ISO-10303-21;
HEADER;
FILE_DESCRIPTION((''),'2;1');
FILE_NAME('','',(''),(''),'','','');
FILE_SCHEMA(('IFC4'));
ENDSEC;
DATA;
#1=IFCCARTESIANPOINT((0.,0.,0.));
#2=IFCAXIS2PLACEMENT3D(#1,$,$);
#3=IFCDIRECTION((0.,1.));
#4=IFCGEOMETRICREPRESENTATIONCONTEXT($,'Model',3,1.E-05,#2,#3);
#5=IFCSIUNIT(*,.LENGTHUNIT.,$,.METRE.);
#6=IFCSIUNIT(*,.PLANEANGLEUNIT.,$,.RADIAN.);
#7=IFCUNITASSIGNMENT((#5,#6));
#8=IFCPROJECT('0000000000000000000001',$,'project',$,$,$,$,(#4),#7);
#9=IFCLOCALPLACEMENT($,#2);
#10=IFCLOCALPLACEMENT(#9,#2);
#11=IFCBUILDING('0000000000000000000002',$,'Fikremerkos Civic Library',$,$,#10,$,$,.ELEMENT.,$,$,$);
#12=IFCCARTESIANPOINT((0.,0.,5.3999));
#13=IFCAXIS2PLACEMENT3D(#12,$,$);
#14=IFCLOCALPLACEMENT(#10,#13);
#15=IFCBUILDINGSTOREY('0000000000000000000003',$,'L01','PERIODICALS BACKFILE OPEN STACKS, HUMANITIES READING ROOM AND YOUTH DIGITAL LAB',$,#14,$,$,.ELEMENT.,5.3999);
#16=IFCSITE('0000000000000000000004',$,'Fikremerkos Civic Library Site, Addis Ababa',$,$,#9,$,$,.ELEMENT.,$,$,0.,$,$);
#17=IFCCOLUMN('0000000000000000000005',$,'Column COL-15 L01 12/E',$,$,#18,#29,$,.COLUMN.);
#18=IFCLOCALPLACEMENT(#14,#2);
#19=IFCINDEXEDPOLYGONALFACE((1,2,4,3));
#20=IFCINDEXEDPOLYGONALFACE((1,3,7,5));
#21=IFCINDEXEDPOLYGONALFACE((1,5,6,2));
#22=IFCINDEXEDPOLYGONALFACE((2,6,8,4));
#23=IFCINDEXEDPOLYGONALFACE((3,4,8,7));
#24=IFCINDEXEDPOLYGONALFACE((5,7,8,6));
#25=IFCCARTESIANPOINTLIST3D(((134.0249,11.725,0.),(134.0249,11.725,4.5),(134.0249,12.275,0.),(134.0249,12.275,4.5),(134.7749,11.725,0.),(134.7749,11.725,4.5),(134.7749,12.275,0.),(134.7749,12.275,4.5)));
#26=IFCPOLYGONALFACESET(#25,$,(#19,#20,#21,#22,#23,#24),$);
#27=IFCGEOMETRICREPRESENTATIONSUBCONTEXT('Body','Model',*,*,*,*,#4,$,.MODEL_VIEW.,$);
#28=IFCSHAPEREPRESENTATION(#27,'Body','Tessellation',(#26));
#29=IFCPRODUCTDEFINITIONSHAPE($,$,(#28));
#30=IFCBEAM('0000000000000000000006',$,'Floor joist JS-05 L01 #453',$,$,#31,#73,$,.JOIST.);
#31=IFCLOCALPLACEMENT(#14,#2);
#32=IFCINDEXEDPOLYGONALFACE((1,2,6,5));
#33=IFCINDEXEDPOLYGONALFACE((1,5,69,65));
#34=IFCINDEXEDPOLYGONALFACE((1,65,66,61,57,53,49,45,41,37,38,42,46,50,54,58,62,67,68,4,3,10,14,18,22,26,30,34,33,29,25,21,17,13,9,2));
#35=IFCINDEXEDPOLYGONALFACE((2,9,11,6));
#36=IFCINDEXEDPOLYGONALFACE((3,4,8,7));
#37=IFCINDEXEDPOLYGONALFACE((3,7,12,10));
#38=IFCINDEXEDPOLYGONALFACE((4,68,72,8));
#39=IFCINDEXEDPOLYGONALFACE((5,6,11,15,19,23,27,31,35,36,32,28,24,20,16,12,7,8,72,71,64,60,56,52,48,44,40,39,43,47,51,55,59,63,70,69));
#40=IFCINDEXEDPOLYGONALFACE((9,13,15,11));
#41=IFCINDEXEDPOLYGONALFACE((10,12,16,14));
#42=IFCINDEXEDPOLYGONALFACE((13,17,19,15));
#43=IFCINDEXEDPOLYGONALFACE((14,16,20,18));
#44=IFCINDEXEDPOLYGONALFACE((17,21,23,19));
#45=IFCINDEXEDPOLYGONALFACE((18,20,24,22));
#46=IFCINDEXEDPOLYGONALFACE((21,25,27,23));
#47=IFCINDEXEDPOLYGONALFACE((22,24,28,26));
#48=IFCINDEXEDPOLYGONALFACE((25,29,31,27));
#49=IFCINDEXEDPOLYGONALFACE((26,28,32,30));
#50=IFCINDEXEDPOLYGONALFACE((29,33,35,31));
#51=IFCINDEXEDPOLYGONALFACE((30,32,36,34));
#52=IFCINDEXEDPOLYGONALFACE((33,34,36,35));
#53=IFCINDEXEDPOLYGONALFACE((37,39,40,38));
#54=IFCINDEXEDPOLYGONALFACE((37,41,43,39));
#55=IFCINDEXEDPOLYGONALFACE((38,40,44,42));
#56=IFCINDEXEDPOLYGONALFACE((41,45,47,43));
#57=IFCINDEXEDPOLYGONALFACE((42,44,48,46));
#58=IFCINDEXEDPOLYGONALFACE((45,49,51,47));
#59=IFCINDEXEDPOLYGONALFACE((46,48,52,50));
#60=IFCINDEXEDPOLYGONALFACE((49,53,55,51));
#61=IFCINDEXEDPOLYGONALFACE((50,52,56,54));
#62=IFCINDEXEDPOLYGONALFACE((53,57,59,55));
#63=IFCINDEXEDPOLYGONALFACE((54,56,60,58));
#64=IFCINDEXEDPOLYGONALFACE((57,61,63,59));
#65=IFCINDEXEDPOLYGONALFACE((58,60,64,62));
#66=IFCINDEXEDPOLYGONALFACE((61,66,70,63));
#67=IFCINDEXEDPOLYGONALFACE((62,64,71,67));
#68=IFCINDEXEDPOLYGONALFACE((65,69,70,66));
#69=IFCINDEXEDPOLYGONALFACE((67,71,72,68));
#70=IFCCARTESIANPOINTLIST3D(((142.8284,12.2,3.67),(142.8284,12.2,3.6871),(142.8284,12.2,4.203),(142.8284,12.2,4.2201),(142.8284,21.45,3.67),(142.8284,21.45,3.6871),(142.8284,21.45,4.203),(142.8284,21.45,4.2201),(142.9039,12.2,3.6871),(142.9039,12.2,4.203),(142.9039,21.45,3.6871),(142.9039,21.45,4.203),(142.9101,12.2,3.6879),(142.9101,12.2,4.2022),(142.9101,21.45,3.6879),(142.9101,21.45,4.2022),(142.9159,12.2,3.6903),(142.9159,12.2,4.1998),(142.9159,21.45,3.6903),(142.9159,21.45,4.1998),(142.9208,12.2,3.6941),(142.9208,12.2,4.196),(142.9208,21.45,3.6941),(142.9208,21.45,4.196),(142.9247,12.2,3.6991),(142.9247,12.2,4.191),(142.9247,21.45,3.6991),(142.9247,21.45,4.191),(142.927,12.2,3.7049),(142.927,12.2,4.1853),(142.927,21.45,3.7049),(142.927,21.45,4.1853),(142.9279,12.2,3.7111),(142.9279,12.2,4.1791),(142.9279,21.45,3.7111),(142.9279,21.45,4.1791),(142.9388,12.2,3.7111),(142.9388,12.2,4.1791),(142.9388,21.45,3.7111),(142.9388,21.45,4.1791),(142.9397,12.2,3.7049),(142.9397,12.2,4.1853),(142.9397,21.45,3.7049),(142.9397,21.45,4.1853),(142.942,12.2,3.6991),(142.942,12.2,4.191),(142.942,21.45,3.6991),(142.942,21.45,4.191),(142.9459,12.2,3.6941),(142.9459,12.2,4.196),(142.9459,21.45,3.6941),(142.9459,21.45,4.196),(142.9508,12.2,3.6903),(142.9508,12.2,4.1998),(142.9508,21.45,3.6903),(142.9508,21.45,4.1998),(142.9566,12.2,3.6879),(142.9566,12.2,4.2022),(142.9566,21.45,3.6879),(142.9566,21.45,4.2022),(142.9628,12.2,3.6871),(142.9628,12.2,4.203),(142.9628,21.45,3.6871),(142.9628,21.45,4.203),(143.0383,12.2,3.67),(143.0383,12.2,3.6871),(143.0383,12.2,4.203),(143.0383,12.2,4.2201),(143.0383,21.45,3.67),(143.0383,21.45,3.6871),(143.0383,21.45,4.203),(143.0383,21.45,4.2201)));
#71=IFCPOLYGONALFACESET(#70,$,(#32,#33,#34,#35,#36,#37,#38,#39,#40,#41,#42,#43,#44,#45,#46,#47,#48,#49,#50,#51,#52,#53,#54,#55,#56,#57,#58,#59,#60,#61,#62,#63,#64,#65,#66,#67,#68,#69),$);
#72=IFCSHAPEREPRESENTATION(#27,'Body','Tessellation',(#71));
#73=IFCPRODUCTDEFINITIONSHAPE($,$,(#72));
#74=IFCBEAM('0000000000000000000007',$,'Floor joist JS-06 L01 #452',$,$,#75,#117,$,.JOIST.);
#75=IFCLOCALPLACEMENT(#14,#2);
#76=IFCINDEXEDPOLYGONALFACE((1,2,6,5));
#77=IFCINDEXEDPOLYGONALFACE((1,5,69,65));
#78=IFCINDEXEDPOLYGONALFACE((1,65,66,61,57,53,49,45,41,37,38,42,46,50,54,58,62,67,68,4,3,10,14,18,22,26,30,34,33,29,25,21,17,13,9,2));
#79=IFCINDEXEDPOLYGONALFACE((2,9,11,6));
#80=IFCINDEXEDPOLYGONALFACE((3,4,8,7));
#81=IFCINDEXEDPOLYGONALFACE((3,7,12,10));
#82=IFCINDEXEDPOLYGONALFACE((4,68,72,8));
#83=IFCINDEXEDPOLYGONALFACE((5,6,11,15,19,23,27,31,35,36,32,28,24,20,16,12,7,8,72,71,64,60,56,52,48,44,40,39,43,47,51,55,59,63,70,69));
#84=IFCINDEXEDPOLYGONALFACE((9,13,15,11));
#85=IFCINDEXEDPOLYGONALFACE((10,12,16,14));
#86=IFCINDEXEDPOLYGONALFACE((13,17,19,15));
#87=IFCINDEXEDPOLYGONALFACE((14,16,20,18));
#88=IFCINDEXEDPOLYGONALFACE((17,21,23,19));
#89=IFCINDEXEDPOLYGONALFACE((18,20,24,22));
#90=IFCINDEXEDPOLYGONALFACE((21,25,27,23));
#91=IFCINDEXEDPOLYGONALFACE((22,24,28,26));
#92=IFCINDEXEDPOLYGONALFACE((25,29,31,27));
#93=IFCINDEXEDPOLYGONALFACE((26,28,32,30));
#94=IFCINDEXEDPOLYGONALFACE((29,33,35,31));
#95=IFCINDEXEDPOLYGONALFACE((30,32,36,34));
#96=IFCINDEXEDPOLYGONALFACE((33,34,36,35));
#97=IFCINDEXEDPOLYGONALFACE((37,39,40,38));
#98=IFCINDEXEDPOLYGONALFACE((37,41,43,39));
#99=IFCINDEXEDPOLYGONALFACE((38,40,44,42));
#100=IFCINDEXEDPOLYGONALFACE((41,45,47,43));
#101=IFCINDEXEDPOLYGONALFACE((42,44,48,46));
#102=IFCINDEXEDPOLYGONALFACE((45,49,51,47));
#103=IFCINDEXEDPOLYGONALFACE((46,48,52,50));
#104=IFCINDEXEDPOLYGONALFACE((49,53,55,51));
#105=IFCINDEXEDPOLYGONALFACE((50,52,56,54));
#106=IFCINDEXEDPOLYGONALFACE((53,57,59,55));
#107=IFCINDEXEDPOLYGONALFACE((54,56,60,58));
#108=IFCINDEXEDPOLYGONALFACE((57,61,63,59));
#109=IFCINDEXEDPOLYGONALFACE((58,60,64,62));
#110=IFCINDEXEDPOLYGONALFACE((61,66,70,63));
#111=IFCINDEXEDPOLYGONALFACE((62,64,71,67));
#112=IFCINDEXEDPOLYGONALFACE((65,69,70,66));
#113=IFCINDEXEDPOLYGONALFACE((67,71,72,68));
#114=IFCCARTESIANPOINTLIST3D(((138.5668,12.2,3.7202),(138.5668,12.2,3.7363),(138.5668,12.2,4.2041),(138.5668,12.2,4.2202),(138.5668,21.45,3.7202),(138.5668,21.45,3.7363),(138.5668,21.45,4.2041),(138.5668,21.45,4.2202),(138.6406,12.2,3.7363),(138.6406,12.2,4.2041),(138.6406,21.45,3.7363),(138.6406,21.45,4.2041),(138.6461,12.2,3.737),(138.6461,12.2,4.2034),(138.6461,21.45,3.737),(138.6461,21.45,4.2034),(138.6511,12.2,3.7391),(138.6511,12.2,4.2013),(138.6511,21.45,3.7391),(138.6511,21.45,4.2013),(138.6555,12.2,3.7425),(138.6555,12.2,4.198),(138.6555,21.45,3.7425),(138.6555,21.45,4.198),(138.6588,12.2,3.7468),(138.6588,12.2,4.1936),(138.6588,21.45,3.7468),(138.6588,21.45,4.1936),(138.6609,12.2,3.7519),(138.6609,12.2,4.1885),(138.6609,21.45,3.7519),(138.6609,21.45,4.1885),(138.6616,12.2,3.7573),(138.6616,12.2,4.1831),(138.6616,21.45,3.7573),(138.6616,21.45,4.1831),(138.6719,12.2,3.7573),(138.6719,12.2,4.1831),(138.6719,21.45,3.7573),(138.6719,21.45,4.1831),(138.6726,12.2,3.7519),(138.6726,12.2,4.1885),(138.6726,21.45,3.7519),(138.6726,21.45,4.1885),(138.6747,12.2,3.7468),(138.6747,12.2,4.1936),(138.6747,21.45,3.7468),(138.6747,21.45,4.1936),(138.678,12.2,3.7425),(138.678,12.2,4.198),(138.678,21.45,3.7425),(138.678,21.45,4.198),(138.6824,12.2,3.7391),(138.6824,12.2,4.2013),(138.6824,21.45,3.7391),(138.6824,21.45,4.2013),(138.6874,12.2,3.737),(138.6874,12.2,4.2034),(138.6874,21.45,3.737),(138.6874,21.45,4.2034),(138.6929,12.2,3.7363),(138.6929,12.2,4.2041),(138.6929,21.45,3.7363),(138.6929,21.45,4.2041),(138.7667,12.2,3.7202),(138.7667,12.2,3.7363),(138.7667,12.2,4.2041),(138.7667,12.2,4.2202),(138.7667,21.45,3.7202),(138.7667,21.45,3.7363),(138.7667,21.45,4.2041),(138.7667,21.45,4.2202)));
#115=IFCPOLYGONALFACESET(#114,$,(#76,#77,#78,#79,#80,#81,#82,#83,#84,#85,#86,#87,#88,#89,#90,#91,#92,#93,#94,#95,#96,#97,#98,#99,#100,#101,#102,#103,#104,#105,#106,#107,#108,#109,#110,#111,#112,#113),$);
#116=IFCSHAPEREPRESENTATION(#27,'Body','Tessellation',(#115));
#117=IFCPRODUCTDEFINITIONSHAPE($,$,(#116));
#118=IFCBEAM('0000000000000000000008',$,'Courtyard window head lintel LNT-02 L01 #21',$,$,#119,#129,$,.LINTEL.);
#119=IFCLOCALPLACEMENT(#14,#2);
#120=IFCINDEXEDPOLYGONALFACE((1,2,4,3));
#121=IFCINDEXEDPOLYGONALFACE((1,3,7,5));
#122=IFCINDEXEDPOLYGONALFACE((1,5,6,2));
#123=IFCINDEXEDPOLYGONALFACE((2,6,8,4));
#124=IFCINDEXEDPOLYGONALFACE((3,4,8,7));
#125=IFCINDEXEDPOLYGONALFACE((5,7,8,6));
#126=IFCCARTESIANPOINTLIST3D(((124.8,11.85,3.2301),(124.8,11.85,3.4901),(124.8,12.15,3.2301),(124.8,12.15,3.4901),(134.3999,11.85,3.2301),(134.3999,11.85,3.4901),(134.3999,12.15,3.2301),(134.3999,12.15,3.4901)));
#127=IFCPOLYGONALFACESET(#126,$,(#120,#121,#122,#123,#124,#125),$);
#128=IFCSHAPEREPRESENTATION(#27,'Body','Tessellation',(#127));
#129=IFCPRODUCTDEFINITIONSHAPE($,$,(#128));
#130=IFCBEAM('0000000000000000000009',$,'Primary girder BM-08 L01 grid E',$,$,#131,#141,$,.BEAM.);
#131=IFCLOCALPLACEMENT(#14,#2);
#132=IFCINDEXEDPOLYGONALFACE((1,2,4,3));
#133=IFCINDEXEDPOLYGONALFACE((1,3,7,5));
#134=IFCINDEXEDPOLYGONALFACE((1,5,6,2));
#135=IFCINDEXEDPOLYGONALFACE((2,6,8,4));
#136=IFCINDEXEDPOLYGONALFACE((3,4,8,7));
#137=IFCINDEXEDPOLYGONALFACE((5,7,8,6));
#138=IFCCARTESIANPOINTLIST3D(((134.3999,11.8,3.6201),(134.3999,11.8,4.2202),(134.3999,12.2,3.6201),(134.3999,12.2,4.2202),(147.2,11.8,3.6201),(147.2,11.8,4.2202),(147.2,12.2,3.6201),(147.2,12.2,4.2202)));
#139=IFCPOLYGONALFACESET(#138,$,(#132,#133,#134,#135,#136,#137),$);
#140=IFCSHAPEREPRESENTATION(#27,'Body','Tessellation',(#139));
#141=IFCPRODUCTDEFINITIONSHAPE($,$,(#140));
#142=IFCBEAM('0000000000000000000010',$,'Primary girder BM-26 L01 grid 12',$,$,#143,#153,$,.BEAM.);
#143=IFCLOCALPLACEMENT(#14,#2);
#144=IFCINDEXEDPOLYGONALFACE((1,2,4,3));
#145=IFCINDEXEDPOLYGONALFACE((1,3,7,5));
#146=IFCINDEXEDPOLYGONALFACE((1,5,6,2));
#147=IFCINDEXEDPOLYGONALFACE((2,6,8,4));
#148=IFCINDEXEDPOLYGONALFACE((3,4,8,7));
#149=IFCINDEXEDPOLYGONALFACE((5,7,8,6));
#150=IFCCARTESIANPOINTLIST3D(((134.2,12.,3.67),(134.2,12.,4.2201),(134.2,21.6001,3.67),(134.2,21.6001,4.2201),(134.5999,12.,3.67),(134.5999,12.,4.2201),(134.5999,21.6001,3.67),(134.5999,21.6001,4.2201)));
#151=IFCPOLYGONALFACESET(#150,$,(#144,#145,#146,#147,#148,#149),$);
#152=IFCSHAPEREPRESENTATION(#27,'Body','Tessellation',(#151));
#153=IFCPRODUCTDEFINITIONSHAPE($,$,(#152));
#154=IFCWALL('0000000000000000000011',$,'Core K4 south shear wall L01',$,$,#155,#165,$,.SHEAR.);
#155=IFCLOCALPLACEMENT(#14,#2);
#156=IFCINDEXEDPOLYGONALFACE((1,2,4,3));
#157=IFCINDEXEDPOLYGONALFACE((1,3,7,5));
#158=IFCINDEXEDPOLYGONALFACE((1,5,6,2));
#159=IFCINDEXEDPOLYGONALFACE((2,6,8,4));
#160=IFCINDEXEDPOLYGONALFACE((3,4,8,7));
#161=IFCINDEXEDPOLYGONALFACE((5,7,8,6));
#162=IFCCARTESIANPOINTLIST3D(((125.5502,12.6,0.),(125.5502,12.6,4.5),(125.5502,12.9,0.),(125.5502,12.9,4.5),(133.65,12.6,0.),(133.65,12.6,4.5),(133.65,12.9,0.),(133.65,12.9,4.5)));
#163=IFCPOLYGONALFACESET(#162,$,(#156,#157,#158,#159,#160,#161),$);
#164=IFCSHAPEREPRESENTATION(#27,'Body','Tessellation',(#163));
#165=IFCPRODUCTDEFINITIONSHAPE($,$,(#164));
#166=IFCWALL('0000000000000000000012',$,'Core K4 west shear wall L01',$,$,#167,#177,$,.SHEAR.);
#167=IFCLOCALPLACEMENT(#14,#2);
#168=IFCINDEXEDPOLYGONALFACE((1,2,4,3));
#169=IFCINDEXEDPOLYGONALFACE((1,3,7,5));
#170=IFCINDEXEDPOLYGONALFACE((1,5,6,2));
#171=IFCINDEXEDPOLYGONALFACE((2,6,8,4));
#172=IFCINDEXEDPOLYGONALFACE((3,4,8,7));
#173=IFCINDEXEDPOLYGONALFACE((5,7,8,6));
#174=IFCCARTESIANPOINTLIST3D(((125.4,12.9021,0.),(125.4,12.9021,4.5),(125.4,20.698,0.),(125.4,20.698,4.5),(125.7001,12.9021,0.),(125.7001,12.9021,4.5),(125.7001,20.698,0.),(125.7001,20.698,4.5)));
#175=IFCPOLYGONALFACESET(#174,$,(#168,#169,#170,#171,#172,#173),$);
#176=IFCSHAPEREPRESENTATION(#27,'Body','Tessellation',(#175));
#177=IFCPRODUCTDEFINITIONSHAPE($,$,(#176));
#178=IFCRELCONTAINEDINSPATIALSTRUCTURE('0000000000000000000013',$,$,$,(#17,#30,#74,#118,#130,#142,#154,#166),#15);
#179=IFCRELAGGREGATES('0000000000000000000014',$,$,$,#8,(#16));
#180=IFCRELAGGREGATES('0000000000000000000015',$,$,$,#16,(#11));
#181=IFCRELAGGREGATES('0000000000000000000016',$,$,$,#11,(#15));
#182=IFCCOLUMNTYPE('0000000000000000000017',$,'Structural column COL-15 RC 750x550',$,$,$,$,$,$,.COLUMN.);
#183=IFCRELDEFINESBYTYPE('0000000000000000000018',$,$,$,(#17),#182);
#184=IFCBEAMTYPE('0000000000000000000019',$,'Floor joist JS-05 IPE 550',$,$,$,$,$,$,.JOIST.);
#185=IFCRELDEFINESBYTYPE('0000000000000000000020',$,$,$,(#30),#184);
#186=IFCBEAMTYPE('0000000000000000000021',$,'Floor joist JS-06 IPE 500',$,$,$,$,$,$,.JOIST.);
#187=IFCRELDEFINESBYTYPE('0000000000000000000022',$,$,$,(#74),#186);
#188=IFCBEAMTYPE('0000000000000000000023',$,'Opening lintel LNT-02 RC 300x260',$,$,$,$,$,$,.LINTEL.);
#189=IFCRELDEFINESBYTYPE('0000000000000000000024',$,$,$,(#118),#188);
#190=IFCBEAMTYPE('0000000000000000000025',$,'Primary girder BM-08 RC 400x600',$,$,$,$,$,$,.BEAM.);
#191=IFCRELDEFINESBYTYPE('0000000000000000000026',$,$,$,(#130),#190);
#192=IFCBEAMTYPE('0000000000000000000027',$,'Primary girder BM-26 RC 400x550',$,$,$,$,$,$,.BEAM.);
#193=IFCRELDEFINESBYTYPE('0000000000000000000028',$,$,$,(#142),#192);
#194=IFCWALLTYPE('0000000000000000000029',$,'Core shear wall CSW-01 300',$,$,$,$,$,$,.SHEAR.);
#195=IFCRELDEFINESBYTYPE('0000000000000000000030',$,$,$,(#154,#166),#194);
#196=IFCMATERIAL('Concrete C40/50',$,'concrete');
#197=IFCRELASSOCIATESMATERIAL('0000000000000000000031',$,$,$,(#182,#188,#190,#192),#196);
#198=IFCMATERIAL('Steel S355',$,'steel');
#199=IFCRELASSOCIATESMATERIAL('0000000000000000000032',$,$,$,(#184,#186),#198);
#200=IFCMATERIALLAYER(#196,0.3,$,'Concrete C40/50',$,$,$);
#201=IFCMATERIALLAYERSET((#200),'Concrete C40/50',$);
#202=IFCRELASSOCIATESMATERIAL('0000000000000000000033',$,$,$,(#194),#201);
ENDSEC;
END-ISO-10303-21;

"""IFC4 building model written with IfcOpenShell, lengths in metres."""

from ifc_helpers import new_model, si_unit, direction, frame, frame_2d, origin, origin_2d, place, context, subcontext, project, spatial, rectangle, i_section, extrude, material, layer, layer_set, material_profile, profile_set, type_object, element, save


model = new_model("IFC4")

# Units and contexts
model_context = context("Model", 3, precision=1e-05, world=origin(), true_north=direction((0.0, 1.0)))
body_context = subcontext(model_context, "Body", "Model", "MODEL_VIEW")
ifc_project = project(units=[si_unit("LENGTHUNIT", "METRE"), si_unit("PLANEANGLEUNIT", "RADIAN")], contexts=[model_context])

# Site, building, storey
site_placement = place(None, origin())
site = spatial("IfcSite", under=ifc_project, at=site_placement, Name="Fikremerkos Civic Library Site, Addis Ababa", CompositionType="ELEMENT", RefElevation=0.0)
building_placement = place(site_placement, origin())
building = spatial("IfcBuilding", under=site, at=building_placement, Name="Fikremerkos Civic Library", CompositionType="ELEMENT")
storey_placement = place(building_placement, frame((0.0, 0.0, 5.3999)))
storey = spatial("IfcBuildingStorey", under=building, at=storey_placement, Name="L01", Description="PERIODICALS BACKFILE OPEN STACKS, HUMANITIES READING ROOM AND YOUTH DIGITAL LAB", CompositionType="ELEMENT", Elevation=5.3999)

# Column
ifc_material_1 = material(Name="Concrete C40/50", Category="concrete")
ifc_material_profile_1 = material_profile(ifc_material_1, rectangle(XDim=0.75, YDim=0.55, at=origin_2d()), Name="RC 750x550")
ifc_profile_set_1 = profile_set([ifc_material_profile_1], Name="Concrete C40/50")
column_type = type_object("IfcColumnType", Name="Structural column COL-15 RC 750x550", PredefinedType="COLUMN", material=ifc_profile_set_1)
column_placement = place(storey_placement, frame((134.3999, 12.0, 0.0), z_axis=(0.0, 0.0, 1.0), x_axis=(1.0, 0.0, 0.0)))
element("IfcColumn", 1, at=column_placement, inside=storey, type_object=column_type, Name="Column COL-15 L01 12/E", PredefinedType="COLUMN", context=body_context, shape_type="SweptSolid", body=[
    extrude(rectangle(XDim=0.75, YDim=0.55, at=origin_2d()), origin(), (0.0, 0.0, 1.0), 4.5),
])

# Beams
ifc_material_2 = material(Name="Steel S355", Category="steel")
ifc_material_profile_2 = material_profile(ifc_material_2, i_section(OverallWidth=0.21, OverallDepth=0.55, WebThickness=0.011, FlangeThickness=0.0171, FilletRadius=0.0239, at=origin_2d()), Name="IPE 550")
ifc_profile_set_2 = profile_set([ifc_material_profile_2], Name="Steel S355")
beam_type_1 = type_object("IfcBeamType", Name="Floor joist JS-05 IPE 550", PredefinedType="JOIST", material=ifc_profile_set_2)
beam_1_placement = place(storey_placement, frame((142.9333, 12.2, 3.9451), z_axis=(0.0, 1.0, 0.0), x_axis=(-1.0, 0.0, 0.0)))
element("IfcBeam", 2, at=beam_1_placement, inside=storey, type_object=beam_type_1, Name="Floor joist JS-05 L01 #453", PredefinedType="JOIST", context=body_context, shape_type="SweptSolid", body=[
    extrude(i_section(OverallWidth=0.21, OverallDepth=0.55, WebThickness=0.011, FlangeThickness=0.0171, FilletRadius=0.0239, at=origin_2d()), origin(), (0.0, 0.0, 1.0), 9.25),
])
ifc_material_profile_3 = material_profile(ifc_material_2, i_section(OverallWidth=0.2, OverallDepth=0.5, WebThickness=0.0103, FlangeThickness=0.0161, FilletRadius=0.021, at=origin_2d()), Name="IPE 500")
ifc_profile_set_3 = profile_set([ifc_material_profile_3], Name="Steel S355")
beam_type_2 = type_object("IfcBeamType", Name="Floor joist JS-06 IPE 500", PredefinedType="JOIST", material=ifc_profile_set_3)
beam_2_placement = place(storey_placement, frame((138.6667, 12.2, 3.9702), z_axis=(0.0, 1.0, 0.0), x_axis=(-1.0, 0.0, 0.0)))
element("IfcBeam", 3, at=beam_2_placement, inside=storey, type_object=beam_type_2, Name="Floor joist JS-06 L01 #452", PredefinedType="JOIST", context=body_context, shape_type="SweptSolid", body=[
    extrude(i_section(OverallWidth=0.2, OverallDepth=0.5, WebThickness=0.0103, FlangeThickness=0.0161, FilletRadius=0.021, at=origin_2d()), origin(), (0.0, 0.0, 1.0), 9.25),
])
ifc_material_profile_4 = material_profile(ifc_material_1, rectangle(XDim=0.3, YDim=0.26, at=origin_2d()), Name="RC 300x260")
ifc_profile_set_4 = profile_set([ifc_material_profile_4], Name="Concrete C40/50")
beam_type_3 = type_object("IfcBeamType", Name="Opening lintel LNT-02 RC 300x260", PredefinedType="LINTEL", material=ifc_profile_set_4)
beam_3_placement = place(storey_placement, frame((134.3999, 12.0, 3.3601), z_axis=(-1.0, 0.0, 0.0), x_axis=(0.0, -1.0, 0.0)))
element("IfcBeam", 4, at=beam_3_placement, inside=storey, type_object=beam_type_3, Name="Courtyard window head lintel LNT-02 L01 #21", PredefinedType="LINTEL", context=body_context, shape_type="SweptSolid", body=[
    extrude(rectangle(XDim=0.3, YDim=0.26, at=origin_2d()), origin(), (0.0, 0.0, 1.0), 9.5999),
])
ifc_material_profile_5 = material_profile(ifc_material_1, rectangle(XDim=0.3999, YDim=0.6001, at=origin_2d()), Name="RC 400x600")
ifc_profile_set_5 = profile_set([ifc_material_profile_5], Name="Concrete C40/50")
beam_type_4 = type_object("IfcBeamType", Name="Primary girder BM-08 RC 400x600", PredefinedType="BEAM", material=ifc_profile_set_5)
beam_4_placement = place(storey_placement, frame((134.3999, 12.0, 3.9202), z_axis=(1.0, 0.0, 0.0), x_axis=(0.0, 1.0, 0.0)))
element("IfcBeam", 5, at=beam_4_placement, inside=storey, type_object=beam_type_4, Name="Primary girder BM-08 L01 grid E", PredefinedType="BEAM", context=body_context, shape_type="SweptSolid", body=[
    extrude(rectangle(XDim=0.3999, YDim=0.6001, at=origin_2d()), origin(), (0.0, 0.0, 1.0), 12.8),
])
ifc_material_profile_6 = material_profile(ifc_material_1, rectangle(XDim=0.3999, YDim=0.55, at=origin_2d()), Name="RC 400x550")
ifc_profile_set_6 = profile_set([ifc_material_profile_6], Name="Concrete C40/50")
beam_type_5 = type_object("IfcBeamType", Name="Primary girder BM-26 RC 400x550", PredefinedType="BEAM", material=ifc_profile_set_6)
beam_5_placement = place(storey_placement, frame((134.3999, 12.0, 3.9451), z_axis=(0.0, 1.0, 0.0), x_axis=(-1.0, 0.0, 0.0)))
element("IfcBeam", 6, at=beam_5_placement, inside=storey, type_object=beam_type_5, Name="Primary girder BM-26 L01 grid 12", PredefinedType="BEAM", context=body_context, shape_type="SweptSolid", body=[
    extrude(rectangle(XDim=0.3999, YDim=0.55, at=origin_2d()), origin(), (0.0, 0.0, 1.0), 9.6001),
])

# Walls
ifc_layer_1 = layer(ifc_material_1, 0.3, Name="Concrete C40/50")
ifc_layer_set_1 = layer_set([ifc_layer_1], Name="Concrete C40/50")
wall_type_1 = type_object("IfcWallType", Name="Core shear wall CSW-01 300", PredefinedType="SHEAR", material=ifc_layer_set_1)
wall_1_placement = place(storey_placement, frame((133.6499, 12.75, 0.0), z_axis=(0.0, 0.0, 1.0), x_axis=(-1.0, 0.0, 0.0)))
element("IfcWall", 7, at=wall_1_placement, inside=storey, type_object=wall_type_1, Name="Core K4 south shear wall L01", PredefinedType="SHEAR", context=body_context, shape_type="SweptSolid", body=[
    extrude(rectangle(XDim=8.0999, YDim=0.3, at=frame_2d((4.0498, 0.0))), origin(), (0.0, 0.0, 1.0), 4.5),
])
wall_2_placement = place(storey_placement, frame((125.55, 12.9021, 0.0), z_axis=(0.0, 0.0, 1.0), x_axis=(0.0, 1.0, 0.0)))
element("IfcWall", 8, at=wall_2_placement, inside=storey, type_object=wall_type_1, Name="Core K4 west shear wall L01", PredefinedType="SHEAR", context=body_context, shape_type="SweptSolid", body=[
    extrude(rectangle(XDim=7.7959, YDim=0.3, at=frame_2d((3.8979, 0.0))), origin(), (0.0, 0.0, 1.0), 4.5),
])

save(model, "model.ifc")
